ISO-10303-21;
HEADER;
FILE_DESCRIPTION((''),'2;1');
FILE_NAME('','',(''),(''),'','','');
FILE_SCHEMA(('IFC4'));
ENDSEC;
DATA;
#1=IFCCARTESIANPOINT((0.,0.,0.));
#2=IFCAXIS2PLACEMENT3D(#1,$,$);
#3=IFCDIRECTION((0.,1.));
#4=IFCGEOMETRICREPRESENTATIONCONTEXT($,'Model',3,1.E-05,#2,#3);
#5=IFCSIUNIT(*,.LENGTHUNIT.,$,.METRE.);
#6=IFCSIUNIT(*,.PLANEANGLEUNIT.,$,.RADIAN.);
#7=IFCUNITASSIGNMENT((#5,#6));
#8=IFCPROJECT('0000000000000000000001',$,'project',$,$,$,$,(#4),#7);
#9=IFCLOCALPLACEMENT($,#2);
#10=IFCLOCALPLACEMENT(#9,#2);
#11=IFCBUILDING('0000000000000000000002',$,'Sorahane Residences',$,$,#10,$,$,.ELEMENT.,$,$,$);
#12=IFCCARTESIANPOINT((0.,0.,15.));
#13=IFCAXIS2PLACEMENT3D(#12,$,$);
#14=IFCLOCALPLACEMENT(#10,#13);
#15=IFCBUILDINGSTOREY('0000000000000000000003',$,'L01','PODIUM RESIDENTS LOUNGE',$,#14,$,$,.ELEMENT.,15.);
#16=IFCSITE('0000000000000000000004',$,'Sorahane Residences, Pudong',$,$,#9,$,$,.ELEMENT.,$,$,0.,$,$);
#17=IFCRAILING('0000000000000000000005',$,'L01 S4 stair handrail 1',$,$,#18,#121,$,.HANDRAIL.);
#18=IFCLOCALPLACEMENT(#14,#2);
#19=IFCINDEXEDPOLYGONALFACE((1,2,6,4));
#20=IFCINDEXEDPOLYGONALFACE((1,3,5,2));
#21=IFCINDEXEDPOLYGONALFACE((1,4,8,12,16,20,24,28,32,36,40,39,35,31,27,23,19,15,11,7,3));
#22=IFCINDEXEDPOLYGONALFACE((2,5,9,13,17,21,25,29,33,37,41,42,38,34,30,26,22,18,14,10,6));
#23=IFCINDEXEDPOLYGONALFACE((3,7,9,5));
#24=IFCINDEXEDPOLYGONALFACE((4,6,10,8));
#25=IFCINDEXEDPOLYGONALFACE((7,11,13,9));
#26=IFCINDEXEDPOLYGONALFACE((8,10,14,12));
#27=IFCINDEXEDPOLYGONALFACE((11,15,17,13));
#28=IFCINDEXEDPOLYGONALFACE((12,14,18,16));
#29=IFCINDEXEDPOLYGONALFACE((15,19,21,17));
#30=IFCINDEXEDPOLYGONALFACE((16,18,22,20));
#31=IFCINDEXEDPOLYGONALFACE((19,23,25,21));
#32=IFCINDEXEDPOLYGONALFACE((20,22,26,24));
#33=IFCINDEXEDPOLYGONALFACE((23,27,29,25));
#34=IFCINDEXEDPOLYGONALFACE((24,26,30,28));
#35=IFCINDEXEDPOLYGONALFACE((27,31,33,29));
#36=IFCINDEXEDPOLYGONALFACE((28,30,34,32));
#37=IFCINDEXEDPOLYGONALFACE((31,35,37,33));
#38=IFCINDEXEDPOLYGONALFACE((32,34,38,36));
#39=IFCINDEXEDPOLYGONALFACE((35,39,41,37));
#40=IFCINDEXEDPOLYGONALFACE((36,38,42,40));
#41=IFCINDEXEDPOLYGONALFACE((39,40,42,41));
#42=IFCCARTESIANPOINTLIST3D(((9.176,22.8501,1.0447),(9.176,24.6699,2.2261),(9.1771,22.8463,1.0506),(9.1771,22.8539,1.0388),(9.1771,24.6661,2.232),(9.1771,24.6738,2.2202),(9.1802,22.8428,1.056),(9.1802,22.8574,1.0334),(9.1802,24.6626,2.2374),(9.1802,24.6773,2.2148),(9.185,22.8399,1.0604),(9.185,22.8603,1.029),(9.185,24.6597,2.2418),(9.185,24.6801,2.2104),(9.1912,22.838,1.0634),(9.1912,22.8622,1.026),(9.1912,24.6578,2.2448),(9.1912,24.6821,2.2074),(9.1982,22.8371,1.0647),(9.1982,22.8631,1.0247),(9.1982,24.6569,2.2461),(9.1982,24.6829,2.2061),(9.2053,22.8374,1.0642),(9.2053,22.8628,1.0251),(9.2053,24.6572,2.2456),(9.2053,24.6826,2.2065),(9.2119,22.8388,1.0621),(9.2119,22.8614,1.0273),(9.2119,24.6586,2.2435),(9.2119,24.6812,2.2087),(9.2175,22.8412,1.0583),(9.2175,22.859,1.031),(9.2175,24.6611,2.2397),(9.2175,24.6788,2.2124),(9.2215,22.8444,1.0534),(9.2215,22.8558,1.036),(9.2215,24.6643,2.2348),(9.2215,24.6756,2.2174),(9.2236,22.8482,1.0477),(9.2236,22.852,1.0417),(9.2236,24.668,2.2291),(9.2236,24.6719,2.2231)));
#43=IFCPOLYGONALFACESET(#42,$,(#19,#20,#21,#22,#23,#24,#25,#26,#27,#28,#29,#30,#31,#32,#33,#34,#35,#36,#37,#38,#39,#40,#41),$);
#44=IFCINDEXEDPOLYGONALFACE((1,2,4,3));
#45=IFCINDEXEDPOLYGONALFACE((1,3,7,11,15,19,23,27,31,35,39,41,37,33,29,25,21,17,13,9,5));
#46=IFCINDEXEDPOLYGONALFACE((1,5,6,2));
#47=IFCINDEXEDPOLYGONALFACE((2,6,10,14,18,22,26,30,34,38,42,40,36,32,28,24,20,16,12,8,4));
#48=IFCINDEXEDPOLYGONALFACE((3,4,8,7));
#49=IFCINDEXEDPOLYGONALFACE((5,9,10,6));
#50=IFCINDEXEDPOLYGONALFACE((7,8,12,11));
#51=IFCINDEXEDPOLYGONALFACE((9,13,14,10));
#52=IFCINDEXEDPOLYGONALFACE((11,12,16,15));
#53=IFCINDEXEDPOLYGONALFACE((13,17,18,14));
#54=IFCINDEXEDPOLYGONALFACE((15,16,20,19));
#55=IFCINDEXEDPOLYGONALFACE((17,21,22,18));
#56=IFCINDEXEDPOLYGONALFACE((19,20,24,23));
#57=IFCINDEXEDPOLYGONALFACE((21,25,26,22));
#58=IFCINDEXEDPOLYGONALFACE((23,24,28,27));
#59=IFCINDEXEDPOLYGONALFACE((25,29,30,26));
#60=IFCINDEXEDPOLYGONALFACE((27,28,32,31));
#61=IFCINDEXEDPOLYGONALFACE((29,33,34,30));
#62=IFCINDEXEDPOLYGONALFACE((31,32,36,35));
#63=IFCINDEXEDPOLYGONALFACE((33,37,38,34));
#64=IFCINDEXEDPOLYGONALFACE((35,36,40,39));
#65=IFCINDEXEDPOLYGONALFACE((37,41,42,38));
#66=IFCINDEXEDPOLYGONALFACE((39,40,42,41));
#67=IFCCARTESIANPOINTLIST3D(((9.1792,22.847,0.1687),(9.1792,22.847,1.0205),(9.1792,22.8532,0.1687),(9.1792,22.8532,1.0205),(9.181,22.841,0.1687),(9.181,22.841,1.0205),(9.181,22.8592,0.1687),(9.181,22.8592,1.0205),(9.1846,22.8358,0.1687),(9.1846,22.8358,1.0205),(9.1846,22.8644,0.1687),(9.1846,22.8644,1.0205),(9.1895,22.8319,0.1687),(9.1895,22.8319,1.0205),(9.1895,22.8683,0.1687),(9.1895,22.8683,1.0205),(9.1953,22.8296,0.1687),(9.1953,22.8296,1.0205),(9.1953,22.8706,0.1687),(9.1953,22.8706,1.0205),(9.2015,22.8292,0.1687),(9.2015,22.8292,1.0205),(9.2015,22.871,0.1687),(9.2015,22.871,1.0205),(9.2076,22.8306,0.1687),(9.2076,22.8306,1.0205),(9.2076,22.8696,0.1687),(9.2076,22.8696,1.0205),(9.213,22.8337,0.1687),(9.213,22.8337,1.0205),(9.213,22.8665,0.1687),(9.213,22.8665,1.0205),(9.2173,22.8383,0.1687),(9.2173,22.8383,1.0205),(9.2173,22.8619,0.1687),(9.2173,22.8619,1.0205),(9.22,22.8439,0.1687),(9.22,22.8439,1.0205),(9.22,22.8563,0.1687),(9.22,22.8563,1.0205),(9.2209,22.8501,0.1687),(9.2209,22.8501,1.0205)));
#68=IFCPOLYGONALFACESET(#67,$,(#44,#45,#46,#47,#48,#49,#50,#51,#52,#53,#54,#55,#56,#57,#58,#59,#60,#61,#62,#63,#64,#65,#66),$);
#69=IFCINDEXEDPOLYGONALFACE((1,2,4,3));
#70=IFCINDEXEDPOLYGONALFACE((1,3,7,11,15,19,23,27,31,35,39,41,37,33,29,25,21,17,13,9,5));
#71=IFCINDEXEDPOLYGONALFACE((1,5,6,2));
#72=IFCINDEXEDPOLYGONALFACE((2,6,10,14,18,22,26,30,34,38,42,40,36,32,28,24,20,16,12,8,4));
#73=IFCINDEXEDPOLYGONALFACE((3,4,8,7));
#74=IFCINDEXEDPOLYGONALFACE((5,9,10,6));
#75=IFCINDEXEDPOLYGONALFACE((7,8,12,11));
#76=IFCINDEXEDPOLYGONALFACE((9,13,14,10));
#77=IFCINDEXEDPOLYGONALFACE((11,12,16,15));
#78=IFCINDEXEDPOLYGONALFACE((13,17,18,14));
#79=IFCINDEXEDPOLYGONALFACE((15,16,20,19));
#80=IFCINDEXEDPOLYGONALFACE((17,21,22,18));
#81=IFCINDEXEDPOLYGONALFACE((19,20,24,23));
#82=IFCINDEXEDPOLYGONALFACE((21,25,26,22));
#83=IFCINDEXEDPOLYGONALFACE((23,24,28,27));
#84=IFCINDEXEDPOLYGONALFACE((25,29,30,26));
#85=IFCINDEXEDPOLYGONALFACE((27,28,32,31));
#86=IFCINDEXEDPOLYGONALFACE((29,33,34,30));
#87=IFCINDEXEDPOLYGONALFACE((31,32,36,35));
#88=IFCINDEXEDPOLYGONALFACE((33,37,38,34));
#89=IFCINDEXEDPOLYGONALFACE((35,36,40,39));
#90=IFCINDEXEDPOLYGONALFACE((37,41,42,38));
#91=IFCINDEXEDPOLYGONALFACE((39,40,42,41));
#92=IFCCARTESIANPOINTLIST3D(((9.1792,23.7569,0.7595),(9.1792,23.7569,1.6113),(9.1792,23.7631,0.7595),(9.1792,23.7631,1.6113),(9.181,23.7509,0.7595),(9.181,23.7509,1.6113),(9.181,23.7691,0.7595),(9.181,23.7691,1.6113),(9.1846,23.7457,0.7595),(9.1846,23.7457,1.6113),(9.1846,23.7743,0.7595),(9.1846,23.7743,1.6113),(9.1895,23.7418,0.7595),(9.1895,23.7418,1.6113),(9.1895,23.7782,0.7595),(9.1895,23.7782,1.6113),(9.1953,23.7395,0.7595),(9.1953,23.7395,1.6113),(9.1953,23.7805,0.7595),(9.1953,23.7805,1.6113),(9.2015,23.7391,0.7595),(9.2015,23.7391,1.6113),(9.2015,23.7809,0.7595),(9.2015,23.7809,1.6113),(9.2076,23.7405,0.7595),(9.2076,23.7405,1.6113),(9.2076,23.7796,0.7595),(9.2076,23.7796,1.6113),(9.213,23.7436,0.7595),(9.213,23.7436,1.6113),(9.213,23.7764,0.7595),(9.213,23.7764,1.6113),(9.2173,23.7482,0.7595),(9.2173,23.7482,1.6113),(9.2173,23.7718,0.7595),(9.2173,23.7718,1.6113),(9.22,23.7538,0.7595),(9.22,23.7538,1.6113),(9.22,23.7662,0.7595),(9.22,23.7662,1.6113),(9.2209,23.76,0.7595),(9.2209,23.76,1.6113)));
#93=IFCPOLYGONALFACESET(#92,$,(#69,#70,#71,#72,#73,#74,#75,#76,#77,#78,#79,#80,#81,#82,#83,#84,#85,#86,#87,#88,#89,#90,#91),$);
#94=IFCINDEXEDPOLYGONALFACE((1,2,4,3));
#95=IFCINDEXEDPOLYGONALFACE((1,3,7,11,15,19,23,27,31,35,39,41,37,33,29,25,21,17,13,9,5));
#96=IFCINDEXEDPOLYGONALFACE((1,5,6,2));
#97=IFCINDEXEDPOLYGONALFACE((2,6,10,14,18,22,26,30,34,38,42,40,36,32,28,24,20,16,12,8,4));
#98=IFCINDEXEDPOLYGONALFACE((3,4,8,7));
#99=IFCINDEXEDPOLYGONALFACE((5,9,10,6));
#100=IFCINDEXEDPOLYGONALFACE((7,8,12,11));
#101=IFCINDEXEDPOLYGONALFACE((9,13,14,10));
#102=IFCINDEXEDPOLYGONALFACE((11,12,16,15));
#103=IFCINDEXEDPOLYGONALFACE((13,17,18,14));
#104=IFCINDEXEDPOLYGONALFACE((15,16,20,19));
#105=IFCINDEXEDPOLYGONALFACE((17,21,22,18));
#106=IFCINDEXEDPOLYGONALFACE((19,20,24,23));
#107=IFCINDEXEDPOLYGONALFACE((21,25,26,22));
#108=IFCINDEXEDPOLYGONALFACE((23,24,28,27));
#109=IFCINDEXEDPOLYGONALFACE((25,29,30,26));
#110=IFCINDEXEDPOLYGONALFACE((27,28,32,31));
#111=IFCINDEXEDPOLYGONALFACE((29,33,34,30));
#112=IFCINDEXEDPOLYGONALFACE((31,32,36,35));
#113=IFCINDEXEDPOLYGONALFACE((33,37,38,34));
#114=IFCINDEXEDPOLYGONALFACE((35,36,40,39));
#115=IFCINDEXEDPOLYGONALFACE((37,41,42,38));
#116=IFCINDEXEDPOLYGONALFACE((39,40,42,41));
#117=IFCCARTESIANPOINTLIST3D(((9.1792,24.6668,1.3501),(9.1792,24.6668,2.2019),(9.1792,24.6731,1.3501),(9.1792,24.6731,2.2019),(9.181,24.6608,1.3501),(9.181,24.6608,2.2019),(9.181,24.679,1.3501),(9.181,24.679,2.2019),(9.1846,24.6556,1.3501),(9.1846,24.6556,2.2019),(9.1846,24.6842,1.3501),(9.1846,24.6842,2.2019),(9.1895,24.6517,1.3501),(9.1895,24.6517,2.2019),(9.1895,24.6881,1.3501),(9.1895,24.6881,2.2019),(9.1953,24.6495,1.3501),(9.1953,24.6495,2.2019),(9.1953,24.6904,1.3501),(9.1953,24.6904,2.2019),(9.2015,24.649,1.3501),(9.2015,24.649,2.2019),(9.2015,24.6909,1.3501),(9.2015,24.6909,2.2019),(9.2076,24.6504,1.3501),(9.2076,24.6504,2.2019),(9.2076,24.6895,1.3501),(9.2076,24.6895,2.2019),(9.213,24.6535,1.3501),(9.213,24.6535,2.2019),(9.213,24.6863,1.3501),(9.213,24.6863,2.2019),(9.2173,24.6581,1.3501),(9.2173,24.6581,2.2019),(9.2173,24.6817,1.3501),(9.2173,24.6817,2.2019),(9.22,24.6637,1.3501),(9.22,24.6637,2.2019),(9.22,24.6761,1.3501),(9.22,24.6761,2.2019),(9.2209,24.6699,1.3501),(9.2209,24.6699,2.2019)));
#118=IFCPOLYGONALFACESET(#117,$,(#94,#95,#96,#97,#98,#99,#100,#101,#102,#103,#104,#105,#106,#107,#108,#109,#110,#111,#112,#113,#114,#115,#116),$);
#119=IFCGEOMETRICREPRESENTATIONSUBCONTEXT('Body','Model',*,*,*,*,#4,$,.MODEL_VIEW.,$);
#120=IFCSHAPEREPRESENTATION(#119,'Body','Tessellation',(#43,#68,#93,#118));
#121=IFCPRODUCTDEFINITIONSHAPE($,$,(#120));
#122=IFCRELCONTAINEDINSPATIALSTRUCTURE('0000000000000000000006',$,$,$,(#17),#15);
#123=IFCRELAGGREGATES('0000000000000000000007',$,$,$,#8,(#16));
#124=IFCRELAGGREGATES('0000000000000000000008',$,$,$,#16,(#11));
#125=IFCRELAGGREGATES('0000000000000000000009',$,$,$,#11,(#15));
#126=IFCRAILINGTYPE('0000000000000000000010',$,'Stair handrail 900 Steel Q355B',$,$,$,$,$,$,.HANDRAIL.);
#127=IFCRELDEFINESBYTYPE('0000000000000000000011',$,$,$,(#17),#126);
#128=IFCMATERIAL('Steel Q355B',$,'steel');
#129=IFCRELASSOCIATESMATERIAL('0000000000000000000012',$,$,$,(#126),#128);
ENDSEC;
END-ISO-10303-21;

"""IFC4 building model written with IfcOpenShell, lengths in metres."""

from ifc_helpers import new_model, si_unit, direction, frame, origin, origin_2d, place, context, subcontext, project, spatial, circle, extrude, material, type_object, element, save


model = new_model("IFC4")

# Units and contexts
model_context = context("Model", 3, precision=1e-05, world=origin(), true_north=direction((0.0, 1.0)))
body_context = subcontext(model_context, "Body", "Model", "MODEL_VIEW")
ifc_project = project(units=[si_unit("LENGTHUNIT", "METRE"), si_unit("PLANEANGLEUNIT", "RADIAN")], contexts=[model_context])

# Site, building, storey
site_placement = place(None, origin())
site = spatial("IfcSite", under=ifc_project, at=site_placement, Name="Sorahane Residences, Pudong", CompositionType="ELEMENT", RefElevation=0.0)
building_placement = place(site_placement, origin())
building = spatial("IfcBuilding", under=site, at=building_placement, Name="Sorahane Residences", CompositionType="ELEMENT")
storey_placement = place(building_placement, frame((0.0, 0.0, 15.0)))
storey = spatial("IfcBuildingStorey", under=building, at=storey_placement, Name="L01", Description="PODIUM RESIDENTS LOUNGE", CompositionType="ELEMENT", Elevation=15.0)

# Railing
ifc_material_1 = material(Name="Steel Q355B", Category="steel")
railing_type_1 = type_object("IfcRailingType", Name="Stair handrail 900 Steel Q355B", PredefinedType="HANDRAIL", material=ifc_material_1)
railing_1_placement = place(storey_placement, frame((9.2, 22.8501, 0.1687)))
element("IfcRailing", 1, at=railing_1_placement, inside=storey, type_object=railing_type_1, Name="L01 S4 stair handrail 1", PredefinedType="HANDRAIL", context=body_context, shape_type="SweptSolid", body=[
    extrude(circle(Radius=0.0239, at=origin_2d()), frame((0.0, 0.0, 0.876), z_axis=(0.0, 0.838757, 0.544506), x_axis=(-1.0, 0.0, 0.0)), (0.0, 0.0, 1.0), 2.1697),
    extrude(circle(Radius=0.021, at=origin_2d()), origin(), (0.0, 0.0, 1.0), 0.8518),
    extrude(circle(Radius=0.021, at=origin_2d()), frame((0.0, 0.9099, 0.5908)), (0.0, 0.0, 1.0), 0.8518),
    extrude(circle(Radius=0.021, at=origin_2d()), frame((0.0, 1.8198, 1.1814)), (0.0, 0.0, 1.0), 0.8518),
])

save(model, "model.ifc")
